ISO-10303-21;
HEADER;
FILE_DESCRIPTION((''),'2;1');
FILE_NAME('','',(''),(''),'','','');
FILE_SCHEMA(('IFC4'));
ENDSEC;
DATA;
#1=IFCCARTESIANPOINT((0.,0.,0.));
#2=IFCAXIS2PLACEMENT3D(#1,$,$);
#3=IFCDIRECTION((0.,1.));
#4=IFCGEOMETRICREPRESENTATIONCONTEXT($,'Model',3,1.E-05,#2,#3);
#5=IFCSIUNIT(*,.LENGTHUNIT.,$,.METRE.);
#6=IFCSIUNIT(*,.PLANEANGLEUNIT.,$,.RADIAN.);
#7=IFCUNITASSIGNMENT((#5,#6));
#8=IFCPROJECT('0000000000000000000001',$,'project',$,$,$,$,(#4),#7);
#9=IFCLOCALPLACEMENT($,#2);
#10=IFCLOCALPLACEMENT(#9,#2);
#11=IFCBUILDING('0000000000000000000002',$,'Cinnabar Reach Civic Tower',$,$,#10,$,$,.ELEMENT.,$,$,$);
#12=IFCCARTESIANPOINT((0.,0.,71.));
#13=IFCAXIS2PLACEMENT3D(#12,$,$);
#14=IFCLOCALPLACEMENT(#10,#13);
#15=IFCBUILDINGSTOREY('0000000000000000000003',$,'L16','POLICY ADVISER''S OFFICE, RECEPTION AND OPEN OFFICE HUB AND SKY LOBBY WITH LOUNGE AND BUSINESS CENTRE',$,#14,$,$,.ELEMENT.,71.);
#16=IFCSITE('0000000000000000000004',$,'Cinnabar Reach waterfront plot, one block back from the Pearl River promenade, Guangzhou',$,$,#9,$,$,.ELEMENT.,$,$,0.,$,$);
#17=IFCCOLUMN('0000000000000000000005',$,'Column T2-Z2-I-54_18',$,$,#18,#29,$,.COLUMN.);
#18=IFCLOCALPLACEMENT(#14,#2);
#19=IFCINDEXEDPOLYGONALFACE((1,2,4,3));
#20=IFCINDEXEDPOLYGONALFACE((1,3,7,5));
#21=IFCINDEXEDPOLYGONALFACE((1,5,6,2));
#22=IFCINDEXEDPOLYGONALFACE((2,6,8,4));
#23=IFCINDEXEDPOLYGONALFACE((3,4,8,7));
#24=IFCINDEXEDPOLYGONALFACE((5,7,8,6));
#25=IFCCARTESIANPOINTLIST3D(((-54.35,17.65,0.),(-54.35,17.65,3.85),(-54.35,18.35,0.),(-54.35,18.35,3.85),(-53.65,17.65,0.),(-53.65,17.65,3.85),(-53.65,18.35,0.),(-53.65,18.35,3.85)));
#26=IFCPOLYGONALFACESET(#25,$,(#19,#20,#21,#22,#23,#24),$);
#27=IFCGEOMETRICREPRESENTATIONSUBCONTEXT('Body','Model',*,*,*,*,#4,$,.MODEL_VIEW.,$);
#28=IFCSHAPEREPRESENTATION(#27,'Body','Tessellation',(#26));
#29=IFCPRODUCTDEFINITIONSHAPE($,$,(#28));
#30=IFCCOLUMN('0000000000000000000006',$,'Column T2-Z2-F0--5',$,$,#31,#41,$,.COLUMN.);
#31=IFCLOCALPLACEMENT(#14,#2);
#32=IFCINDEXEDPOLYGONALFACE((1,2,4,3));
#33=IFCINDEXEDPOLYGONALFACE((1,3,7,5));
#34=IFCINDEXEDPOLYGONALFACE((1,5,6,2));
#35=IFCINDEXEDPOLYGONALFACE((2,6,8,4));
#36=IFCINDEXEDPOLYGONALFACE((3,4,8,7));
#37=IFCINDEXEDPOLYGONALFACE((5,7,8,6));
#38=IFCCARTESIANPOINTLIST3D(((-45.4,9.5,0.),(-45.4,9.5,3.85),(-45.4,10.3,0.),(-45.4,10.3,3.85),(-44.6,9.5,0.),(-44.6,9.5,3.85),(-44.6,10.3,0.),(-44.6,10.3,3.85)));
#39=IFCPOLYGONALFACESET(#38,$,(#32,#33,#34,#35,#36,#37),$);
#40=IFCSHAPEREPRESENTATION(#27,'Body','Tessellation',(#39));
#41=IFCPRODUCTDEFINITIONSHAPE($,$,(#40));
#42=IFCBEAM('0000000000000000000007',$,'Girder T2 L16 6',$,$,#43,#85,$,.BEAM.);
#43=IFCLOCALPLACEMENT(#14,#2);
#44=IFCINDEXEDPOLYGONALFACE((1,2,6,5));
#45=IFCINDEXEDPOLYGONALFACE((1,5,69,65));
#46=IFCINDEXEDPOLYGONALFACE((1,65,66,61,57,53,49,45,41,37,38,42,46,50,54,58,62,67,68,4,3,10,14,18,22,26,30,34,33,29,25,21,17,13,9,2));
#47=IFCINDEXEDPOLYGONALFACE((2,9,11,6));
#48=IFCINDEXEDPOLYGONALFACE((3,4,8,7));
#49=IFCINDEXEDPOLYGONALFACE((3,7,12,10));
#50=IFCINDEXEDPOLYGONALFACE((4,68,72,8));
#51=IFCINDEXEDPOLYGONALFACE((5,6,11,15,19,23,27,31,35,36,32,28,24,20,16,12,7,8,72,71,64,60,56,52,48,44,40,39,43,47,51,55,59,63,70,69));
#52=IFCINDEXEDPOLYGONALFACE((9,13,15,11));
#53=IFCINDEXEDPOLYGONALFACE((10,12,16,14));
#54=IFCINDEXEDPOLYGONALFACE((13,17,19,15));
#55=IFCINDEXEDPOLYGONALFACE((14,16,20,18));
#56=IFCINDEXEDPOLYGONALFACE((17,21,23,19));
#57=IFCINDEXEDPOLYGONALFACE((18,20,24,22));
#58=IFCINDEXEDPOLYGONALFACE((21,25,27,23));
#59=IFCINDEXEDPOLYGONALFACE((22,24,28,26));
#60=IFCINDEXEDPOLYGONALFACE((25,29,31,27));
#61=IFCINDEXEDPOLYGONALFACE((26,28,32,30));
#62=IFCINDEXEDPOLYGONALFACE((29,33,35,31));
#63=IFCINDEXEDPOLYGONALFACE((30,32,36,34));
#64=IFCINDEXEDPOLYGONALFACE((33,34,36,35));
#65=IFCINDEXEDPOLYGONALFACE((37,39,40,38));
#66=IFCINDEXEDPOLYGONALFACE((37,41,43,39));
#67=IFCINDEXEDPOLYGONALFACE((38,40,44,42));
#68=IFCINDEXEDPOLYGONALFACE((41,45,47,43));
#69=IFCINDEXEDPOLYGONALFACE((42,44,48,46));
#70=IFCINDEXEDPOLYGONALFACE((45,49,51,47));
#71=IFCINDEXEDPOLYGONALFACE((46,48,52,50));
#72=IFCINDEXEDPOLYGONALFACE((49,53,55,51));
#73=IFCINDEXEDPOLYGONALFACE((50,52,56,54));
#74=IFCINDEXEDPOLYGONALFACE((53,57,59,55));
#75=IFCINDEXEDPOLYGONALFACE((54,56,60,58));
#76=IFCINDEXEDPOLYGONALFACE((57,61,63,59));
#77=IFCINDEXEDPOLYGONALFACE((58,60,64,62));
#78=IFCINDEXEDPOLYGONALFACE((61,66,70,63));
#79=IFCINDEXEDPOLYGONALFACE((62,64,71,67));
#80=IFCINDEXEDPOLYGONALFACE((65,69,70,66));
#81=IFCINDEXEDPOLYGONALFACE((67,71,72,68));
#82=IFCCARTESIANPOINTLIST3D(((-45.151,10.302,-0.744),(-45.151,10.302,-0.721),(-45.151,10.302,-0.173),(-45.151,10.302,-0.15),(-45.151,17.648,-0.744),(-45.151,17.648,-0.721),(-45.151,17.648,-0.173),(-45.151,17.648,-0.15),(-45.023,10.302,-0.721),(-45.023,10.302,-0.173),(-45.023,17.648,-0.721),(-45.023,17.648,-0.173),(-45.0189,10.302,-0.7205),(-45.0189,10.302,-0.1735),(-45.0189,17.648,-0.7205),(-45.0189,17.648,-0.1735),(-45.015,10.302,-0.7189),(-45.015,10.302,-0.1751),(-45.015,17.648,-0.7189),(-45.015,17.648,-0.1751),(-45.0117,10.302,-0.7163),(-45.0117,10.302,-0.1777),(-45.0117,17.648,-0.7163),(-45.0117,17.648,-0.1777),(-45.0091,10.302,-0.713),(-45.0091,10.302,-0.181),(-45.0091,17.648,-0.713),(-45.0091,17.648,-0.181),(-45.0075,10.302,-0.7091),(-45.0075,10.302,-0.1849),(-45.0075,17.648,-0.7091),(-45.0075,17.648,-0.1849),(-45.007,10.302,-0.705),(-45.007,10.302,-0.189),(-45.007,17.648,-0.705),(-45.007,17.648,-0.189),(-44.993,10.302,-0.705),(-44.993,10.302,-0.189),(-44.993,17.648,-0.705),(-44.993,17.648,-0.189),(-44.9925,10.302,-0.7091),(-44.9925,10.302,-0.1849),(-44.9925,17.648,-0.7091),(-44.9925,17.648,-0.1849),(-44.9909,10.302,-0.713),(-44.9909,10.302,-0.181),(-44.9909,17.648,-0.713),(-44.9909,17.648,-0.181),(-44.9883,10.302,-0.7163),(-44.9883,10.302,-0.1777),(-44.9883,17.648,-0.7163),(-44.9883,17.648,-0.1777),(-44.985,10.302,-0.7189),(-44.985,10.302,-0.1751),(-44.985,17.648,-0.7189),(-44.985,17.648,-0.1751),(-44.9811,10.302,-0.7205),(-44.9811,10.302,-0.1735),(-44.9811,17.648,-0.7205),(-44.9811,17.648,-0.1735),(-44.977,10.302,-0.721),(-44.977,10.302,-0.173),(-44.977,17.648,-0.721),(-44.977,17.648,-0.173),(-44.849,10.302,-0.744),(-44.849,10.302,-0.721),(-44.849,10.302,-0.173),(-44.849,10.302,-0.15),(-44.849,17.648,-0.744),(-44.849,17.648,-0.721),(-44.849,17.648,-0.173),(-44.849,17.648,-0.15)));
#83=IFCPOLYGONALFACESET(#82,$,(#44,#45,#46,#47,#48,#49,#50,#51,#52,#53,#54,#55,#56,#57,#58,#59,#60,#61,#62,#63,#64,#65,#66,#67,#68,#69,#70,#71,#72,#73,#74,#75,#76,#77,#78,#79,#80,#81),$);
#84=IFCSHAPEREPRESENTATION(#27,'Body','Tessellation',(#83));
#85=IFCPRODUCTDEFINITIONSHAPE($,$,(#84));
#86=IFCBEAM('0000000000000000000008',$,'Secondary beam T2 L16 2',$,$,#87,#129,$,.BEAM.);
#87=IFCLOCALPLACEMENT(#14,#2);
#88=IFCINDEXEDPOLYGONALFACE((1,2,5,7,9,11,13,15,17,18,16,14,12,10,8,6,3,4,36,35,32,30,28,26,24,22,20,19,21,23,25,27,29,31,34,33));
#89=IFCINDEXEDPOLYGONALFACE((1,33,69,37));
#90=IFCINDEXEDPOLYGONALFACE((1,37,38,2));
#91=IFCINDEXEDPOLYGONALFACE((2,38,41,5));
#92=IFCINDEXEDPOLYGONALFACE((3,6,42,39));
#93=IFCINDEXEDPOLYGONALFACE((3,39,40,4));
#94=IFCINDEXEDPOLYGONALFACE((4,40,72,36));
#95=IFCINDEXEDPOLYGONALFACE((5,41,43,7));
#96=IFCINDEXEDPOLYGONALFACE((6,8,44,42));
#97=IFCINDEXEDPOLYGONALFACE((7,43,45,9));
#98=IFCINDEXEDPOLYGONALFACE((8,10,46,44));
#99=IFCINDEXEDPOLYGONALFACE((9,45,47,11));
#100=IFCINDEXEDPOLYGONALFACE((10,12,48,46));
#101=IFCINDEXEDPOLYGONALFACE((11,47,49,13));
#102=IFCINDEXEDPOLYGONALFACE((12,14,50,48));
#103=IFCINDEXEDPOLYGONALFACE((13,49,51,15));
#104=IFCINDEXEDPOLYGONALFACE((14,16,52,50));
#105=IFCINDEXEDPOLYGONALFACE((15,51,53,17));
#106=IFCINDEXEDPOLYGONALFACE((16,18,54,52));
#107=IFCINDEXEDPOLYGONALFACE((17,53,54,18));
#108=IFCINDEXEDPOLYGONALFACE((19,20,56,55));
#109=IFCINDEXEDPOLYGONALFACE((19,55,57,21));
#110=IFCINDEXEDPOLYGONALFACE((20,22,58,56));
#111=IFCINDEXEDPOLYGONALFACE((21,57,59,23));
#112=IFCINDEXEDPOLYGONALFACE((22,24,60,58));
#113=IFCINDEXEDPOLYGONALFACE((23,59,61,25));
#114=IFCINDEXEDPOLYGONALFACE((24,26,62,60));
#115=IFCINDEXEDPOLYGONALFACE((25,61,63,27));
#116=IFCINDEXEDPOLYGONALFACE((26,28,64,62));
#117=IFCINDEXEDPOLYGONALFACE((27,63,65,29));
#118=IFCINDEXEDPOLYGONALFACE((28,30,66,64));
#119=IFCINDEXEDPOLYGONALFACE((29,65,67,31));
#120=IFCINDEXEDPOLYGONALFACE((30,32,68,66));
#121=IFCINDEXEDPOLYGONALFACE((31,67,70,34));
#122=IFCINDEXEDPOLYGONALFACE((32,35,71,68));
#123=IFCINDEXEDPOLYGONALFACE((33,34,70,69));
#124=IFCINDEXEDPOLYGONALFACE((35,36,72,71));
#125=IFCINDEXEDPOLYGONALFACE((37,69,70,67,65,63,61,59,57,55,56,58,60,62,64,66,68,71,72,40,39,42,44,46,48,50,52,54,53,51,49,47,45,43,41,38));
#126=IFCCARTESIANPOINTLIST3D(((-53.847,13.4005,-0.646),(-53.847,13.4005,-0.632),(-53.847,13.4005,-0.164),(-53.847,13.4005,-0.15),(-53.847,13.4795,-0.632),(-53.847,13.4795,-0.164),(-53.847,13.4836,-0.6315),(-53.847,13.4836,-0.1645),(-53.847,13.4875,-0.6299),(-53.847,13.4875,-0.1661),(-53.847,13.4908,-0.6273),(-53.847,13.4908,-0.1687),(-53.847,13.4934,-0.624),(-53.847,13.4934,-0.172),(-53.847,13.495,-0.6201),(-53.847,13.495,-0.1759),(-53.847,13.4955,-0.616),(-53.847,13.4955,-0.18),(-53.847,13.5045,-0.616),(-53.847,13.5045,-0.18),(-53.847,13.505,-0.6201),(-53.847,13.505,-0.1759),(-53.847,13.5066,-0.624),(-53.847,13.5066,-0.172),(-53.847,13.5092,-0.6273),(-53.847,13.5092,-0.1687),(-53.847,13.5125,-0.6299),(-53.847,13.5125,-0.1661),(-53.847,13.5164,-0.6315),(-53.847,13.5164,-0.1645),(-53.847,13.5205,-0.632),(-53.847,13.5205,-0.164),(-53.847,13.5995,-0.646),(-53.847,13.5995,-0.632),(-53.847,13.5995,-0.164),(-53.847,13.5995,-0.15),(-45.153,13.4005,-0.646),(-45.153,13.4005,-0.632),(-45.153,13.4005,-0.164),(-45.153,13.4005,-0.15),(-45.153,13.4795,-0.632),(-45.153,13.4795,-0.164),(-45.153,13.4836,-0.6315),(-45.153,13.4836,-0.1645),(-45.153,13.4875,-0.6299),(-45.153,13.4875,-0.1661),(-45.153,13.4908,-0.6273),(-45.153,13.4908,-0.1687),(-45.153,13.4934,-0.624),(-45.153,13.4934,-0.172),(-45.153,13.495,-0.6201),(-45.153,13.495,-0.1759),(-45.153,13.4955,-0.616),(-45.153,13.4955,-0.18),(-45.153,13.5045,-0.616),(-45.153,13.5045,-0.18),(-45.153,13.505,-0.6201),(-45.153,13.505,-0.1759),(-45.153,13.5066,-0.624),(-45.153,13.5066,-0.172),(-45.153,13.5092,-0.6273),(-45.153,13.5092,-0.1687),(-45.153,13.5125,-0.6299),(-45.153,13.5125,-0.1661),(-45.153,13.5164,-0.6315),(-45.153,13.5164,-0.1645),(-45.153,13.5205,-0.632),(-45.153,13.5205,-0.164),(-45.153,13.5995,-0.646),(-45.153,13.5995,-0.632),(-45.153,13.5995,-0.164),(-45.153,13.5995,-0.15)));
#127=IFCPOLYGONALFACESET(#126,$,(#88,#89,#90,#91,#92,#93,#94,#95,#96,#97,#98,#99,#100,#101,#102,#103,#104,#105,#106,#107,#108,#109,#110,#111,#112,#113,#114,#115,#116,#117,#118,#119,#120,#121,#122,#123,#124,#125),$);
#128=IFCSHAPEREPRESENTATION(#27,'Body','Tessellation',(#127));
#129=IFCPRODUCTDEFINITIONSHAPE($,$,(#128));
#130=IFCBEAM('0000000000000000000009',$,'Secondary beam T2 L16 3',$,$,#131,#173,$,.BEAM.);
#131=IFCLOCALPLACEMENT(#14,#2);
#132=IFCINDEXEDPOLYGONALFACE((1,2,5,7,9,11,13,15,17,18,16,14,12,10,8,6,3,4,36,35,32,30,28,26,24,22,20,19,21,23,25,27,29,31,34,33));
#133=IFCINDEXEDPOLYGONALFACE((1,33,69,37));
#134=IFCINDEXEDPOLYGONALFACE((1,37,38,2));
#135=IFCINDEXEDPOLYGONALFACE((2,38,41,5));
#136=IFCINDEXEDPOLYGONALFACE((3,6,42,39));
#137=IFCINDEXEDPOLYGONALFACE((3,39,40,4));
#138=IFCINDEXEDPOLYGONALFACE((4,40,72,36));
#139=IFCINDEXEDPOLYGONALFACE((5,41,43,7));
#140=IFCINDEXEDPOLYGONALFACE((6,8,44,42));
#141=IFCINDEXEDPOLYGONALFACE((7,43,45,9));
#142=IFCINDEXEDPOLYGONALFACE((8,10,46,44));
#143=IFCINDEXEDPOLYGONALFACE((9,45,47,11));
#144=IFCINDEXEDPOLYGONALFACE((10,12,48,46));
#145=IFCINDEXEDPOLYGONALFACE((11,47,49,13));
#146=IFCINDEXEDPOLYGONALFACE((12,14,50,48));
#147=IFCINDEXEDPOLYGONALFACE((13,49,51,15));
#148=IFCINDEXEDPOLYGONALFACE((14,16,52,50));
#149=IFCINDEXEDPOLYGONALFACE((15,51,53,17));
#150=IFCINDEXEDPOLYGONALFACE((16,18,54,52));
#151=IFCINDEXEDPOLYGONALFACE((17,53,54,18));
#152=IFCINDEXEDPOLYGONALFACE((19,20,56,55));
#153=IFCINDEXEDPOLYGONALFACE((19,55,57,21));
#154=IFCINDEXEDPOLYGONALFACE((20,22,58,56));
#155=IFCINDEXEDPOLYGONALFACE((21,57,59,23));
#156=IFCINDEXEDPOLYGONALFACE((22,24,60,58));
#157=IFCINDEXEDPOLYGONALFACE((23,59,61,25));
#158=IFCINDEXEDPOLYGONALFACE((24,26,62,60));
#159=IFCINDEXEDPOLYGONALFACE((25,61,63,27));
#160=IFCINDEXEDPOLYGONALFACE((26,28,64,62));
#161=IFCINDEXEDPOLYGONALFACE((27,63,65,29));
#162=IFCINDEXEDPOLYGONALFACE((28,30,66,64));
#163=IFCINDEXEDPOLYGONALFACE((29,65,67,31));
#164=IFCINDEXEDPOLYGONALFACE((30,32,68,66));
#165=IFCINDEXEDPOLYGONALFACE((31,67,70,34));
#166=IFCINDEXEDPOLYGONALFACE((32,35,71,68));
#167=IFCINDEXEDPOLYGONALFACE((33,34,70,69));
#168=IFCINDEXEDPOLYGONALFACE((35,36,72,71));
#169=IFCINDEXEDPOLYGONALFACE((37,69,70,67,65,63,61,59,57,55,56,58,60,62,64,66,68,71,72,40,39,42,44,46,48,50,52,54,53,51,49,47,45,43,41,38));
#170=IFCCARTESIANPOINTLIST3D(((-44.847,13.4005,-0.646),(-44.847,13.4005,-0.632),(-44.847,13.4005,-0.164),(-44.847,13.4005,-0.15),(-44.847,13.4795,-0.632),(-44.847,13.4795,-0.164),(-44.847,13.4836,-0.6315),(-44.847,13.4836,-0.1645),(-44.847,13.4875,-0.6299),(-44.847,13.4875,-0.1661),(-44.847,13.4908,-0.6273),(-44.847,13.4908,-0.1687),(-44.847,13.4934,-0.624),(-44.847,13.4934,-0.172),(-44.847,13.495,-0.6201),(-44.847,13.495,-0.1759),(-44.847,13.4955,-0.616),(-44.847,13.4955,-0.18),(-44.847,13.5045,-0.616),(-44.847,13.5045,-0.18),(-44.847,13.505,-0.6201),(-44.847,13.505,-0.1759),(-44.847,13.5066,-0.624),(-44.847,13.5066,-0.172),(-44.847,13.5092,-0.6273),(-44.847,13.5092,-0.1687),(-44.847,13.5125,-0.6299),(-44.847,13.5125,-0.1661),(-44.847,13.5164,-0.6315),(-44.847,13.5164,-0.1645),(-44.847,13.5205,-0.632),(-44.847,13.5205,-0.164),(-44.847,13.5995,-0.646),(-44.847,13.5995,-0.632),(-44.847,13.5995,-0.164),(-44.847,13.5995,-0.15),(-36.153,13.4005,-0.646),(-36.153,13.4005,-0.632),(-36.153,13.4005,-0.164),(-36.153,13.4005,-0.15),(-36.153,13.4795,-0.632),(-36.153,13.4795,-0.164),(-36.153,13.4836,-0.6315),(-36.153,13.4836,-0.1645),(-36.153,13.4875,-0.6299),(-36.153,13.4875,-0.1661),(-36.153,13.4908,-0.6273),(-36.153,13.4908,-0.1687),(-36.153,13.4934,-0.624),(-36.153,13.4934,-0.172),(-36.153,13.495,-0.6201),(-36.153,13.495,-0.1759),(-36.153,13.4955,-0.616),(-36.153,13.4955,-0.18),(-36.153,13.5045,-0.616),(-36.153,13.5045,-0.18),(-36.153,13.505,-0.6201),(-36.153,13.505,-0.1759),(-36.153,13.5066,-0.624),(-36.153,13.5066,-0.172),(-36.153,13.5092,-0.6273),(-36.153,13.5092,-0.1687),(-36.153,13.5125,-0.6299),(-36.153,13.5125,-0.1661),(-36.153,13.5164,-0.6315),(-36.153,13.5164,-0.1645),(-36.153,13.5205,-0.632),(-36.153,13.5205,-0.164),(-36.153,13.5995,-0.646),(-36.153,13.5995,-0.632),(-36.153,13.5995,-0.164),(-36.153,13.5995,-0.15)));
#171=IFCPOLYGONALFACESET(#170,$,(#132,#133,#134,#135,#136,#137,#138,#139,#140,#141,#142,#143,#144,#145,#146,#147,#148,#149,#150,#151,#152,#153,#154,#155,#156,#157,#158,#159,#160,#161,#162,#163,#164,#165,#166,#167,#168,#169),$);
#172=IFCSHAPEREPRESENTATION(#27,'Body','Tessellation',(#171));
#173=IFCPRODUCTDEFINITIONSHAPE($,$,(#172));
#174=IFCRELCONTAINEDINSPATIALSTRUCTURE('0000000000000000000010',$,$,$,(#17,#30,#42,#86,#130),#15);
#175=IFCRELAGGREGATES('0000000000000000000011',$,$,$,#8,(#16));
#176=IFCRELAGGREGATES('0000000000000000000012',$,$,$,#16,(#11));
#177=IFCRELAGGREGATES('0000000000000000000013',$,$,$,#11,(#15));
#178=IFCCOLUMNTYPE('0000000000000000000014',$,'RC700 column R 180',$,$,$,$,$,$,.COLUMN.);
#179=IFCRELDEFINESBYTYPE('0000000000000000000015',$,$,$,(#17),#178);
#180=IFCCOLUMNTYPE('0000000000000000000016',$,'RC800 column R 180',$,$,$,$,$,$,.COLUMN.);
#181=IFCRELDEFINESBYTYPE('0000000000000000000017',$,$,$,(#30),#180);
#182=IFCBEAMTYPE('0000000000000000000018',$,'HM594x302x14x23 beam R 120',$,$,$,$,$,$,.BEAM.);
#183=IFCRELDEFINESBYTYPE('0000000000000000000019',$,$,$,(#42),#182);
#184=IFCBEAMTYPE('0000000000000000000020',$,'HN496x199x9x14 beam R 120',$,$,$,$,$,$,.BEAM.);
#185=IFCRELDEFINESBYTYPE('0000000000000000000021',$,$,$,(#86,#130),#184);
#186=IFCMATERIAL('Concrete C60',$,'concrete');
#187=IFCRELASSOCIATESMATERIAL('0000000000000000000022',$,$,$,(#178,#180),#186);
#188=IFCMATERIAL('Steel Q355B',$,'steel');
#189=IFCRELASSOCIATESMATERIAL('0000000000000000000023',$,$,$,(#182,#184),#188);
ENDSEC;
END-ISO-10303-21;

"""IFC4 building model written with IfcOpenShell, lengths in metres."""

from ifc_helpers import new_model, si_unit, direction, frame, origin, origin_2d, place, context, subcontext, project, spatial, rectangle, i_section, extrude, material, material_profile, profile_set, type_object, element, save


model = new_model("IFC4")

# Units and contexts
model_context = context("Model", 3, precision=1e-05, world=origin(), true_north=direction((0.0, 1.0)))
body_context = subcontext(model_context, "Body", "Model", "MODEL_VIEW")
ifc_project = project(units=[si_unit("LENGTHUNIT", "METRE"), si_unit("PLANEANGLEUNIT", "RADIAN")], contexts=[model_context])

# Site, building, storey
site_placement = place(None, origin())
site = spatial("IfcSite", under=ifc_project, at=site_placement, Name="Cinnabar Reach waterfront plot, one block back from the Pearl River promenade, Guangzhou", CompositionType="ELEMENT", RefElevation=0.0)
building_placement = place(site_placement, origin())
building = spatial("IfcBuilding", under=site, at=building_placement, Name="Cinnabar Reach Civic Tower", CompositionType="ELEMENT")
storey_placement = place(building_placement, frame((0.0, 0.0, 71.0)))
storey = spatial("IfcBuildingStorey", under=building, at=storey_placement, Name="L16", Description="POLICY ADVISER'S OFFICE, RECEPTION AND OPEN OFFICE HUB AND SKY LOBBY WITH LOUNGE AND BUSINESS CENTRE", CompositionType="ELEMENT", Elevation=71.0)

# Columns
ifc_material_1 = material(Name="Concrete C60", Category="concrete")
ifc_material_profile_1 = material_profile(ifc_material_1, rectangle(XDim=0.7, YDim=0.7, at=origin_2d()), Name="RC700")
ifc_profile_set_1 = profile_set([ifc_material_profile_1], Name="Concrete C60")
column_type_1 = type_object("IfcColumnType", Name="RC700 column R 180", PredefinedType="COLUMN", material=ifc_profile_set_1)
column_1_placement = place(storey_placement, frame((-54.0, 18.0, 0.0), z_axis=(0.0, 0.0, 1.0), x_axis=(1.0, 0.0, 0.0)))
element("IfcColumn", 1, at=column_1_placement, inside=storey, type_object=column_type_1, Name="Column T2-Z2-I-54_18", PredefinedType="COLUMN", context=body_context, shape_type="SweptSolid", body=[
    extrude(rectangle(XDim=0.7, YDim=0.7, at=origin_2d()), origin(), (0.0, 0.0, 1.0), 3.85),
])
ifc_material_profile_2 = material_profile(ifc_material_1, rectangle(XDim=0.8, YDim=0.8, at=origin_2d()), Name="RC800")
ifc_profile_set_2 = profile_set([ifc_material_profile_2], Name="Concrete C60")
column_type_2 = type_object("IfcColumnType", Name="RC800 column R 180", PredefinedType="COLUMN", material=ifc_profile_set_2)
column_2_placement = place(storey_placement, frame((-45.0, 9.9, 0.0), z_axis=(0.0, 0.0, 1.0), x_axis=(1.0, 0.0, 0.0)))
element("IfcColumn", 2, at=column_2_placement, inside=storey, type_object=column_type_2, Name="Column T2-Z2-F0--5", PredefinedType="COLUMN", context=body_context, shape_type="SweptSolid", body=[
    extrude(rectangle(XDim=0.8, YDim=0.8, at=origin_2d()), origin(), (0.0, 0.0, 1.0), 3.85),
])

# Beams
ifc_material_2 = material(Name="Steel Q355B", Category="steel")
ifc_material_profile_3 = material_profile(ifc_material_2, i_section(OverallWidth=0.302, OverallDepth=0.594, WebThickness=0.014, FlangeThickness=0.023, FilletRadius=0.016, at=origin_2d()), Name="HM594x302x14x23")
ifc_profile_set_3 = profile_set([ifc_material_profile_3], Name="Steel Q355B")
beam_type_1 = type_object("IfcBeamType", Name="HM594x302x14x23 beam R 120", PredefinedType="BEAM", material=ifc_profile_set_3)
beam_1_placement = place(storey_placement, frame((-45.0, 10.302, -0.447), z_axis=(0.0, 1.0, 0.0), x_axis=(-1.0, 0.0, 0.0)))
element("IfcBeam", 3, at=beam_1_placement, inside=storey, type_object=beam_type_1, Name="Girder T2 L16 6", PredefinedType="BEAM", context=body_context, shape_type="SweptSolid", body=[
    extrude(i_section(OverallWidth=0.302, OverallDepth=0.594, WebThickness=0.014, FlangeThickness=0.023, FilletRadius=0.016, at=origin_2d()), origin(), (0.0, 0.0, 1.0), 7.346),
])
ifc_material_profile_4 = material_profile(ifc_material_2, i_section(OverallWidth=0.199, OverallDepth=0.496, WebThickness=0.009, FlangeThickness=0.014, FilletRadius=0.016, at=origin_2d()), Name="HN496x199x9x14")
ifc_profile_set_4 = profile_set([ifc_material_profile_4], Name="Steel Q355B")
beam_type_2 = type_object("IfcBeamType", Name="HN496x199x9x14 beam R 120", PredefinedType="BEAM", material=ifc_profile_set_4)
for number, where, z_axis, x_axis, name in (
    (4, (-53.847, 13.5, -0.398), (1.0, 0.0, 0.0), (0.0, 1.0, 0.0), "Secondary beam T2 L16 2"),
    (5, (-44.847, 13.5, -0.398), (1.0, 0.0, 0.0), (0.0, 1.0, 0.0), "Secondary beam T2 L16 3"),
):
    element("IfcBeam", number, at=place(storey_placement, frame(where, z_axis=z_axis, x_axis=x_axis)), inside=storey, type_object=beam_type_2, Name=name, PredefinedType="BEAM", context=body_context, shape_type="SweptSolid", body=[
        extrude(i_section(OverallWidth=0.199, OverallDepth=0.496, WebThickness=0.009, FlangeThickness=0.014, FilletRadius=0.016, at=origin_2d()), origin(), (0.0, 0.0, 1.0), 8.694),
    ])

save(model, "model.ifc")
